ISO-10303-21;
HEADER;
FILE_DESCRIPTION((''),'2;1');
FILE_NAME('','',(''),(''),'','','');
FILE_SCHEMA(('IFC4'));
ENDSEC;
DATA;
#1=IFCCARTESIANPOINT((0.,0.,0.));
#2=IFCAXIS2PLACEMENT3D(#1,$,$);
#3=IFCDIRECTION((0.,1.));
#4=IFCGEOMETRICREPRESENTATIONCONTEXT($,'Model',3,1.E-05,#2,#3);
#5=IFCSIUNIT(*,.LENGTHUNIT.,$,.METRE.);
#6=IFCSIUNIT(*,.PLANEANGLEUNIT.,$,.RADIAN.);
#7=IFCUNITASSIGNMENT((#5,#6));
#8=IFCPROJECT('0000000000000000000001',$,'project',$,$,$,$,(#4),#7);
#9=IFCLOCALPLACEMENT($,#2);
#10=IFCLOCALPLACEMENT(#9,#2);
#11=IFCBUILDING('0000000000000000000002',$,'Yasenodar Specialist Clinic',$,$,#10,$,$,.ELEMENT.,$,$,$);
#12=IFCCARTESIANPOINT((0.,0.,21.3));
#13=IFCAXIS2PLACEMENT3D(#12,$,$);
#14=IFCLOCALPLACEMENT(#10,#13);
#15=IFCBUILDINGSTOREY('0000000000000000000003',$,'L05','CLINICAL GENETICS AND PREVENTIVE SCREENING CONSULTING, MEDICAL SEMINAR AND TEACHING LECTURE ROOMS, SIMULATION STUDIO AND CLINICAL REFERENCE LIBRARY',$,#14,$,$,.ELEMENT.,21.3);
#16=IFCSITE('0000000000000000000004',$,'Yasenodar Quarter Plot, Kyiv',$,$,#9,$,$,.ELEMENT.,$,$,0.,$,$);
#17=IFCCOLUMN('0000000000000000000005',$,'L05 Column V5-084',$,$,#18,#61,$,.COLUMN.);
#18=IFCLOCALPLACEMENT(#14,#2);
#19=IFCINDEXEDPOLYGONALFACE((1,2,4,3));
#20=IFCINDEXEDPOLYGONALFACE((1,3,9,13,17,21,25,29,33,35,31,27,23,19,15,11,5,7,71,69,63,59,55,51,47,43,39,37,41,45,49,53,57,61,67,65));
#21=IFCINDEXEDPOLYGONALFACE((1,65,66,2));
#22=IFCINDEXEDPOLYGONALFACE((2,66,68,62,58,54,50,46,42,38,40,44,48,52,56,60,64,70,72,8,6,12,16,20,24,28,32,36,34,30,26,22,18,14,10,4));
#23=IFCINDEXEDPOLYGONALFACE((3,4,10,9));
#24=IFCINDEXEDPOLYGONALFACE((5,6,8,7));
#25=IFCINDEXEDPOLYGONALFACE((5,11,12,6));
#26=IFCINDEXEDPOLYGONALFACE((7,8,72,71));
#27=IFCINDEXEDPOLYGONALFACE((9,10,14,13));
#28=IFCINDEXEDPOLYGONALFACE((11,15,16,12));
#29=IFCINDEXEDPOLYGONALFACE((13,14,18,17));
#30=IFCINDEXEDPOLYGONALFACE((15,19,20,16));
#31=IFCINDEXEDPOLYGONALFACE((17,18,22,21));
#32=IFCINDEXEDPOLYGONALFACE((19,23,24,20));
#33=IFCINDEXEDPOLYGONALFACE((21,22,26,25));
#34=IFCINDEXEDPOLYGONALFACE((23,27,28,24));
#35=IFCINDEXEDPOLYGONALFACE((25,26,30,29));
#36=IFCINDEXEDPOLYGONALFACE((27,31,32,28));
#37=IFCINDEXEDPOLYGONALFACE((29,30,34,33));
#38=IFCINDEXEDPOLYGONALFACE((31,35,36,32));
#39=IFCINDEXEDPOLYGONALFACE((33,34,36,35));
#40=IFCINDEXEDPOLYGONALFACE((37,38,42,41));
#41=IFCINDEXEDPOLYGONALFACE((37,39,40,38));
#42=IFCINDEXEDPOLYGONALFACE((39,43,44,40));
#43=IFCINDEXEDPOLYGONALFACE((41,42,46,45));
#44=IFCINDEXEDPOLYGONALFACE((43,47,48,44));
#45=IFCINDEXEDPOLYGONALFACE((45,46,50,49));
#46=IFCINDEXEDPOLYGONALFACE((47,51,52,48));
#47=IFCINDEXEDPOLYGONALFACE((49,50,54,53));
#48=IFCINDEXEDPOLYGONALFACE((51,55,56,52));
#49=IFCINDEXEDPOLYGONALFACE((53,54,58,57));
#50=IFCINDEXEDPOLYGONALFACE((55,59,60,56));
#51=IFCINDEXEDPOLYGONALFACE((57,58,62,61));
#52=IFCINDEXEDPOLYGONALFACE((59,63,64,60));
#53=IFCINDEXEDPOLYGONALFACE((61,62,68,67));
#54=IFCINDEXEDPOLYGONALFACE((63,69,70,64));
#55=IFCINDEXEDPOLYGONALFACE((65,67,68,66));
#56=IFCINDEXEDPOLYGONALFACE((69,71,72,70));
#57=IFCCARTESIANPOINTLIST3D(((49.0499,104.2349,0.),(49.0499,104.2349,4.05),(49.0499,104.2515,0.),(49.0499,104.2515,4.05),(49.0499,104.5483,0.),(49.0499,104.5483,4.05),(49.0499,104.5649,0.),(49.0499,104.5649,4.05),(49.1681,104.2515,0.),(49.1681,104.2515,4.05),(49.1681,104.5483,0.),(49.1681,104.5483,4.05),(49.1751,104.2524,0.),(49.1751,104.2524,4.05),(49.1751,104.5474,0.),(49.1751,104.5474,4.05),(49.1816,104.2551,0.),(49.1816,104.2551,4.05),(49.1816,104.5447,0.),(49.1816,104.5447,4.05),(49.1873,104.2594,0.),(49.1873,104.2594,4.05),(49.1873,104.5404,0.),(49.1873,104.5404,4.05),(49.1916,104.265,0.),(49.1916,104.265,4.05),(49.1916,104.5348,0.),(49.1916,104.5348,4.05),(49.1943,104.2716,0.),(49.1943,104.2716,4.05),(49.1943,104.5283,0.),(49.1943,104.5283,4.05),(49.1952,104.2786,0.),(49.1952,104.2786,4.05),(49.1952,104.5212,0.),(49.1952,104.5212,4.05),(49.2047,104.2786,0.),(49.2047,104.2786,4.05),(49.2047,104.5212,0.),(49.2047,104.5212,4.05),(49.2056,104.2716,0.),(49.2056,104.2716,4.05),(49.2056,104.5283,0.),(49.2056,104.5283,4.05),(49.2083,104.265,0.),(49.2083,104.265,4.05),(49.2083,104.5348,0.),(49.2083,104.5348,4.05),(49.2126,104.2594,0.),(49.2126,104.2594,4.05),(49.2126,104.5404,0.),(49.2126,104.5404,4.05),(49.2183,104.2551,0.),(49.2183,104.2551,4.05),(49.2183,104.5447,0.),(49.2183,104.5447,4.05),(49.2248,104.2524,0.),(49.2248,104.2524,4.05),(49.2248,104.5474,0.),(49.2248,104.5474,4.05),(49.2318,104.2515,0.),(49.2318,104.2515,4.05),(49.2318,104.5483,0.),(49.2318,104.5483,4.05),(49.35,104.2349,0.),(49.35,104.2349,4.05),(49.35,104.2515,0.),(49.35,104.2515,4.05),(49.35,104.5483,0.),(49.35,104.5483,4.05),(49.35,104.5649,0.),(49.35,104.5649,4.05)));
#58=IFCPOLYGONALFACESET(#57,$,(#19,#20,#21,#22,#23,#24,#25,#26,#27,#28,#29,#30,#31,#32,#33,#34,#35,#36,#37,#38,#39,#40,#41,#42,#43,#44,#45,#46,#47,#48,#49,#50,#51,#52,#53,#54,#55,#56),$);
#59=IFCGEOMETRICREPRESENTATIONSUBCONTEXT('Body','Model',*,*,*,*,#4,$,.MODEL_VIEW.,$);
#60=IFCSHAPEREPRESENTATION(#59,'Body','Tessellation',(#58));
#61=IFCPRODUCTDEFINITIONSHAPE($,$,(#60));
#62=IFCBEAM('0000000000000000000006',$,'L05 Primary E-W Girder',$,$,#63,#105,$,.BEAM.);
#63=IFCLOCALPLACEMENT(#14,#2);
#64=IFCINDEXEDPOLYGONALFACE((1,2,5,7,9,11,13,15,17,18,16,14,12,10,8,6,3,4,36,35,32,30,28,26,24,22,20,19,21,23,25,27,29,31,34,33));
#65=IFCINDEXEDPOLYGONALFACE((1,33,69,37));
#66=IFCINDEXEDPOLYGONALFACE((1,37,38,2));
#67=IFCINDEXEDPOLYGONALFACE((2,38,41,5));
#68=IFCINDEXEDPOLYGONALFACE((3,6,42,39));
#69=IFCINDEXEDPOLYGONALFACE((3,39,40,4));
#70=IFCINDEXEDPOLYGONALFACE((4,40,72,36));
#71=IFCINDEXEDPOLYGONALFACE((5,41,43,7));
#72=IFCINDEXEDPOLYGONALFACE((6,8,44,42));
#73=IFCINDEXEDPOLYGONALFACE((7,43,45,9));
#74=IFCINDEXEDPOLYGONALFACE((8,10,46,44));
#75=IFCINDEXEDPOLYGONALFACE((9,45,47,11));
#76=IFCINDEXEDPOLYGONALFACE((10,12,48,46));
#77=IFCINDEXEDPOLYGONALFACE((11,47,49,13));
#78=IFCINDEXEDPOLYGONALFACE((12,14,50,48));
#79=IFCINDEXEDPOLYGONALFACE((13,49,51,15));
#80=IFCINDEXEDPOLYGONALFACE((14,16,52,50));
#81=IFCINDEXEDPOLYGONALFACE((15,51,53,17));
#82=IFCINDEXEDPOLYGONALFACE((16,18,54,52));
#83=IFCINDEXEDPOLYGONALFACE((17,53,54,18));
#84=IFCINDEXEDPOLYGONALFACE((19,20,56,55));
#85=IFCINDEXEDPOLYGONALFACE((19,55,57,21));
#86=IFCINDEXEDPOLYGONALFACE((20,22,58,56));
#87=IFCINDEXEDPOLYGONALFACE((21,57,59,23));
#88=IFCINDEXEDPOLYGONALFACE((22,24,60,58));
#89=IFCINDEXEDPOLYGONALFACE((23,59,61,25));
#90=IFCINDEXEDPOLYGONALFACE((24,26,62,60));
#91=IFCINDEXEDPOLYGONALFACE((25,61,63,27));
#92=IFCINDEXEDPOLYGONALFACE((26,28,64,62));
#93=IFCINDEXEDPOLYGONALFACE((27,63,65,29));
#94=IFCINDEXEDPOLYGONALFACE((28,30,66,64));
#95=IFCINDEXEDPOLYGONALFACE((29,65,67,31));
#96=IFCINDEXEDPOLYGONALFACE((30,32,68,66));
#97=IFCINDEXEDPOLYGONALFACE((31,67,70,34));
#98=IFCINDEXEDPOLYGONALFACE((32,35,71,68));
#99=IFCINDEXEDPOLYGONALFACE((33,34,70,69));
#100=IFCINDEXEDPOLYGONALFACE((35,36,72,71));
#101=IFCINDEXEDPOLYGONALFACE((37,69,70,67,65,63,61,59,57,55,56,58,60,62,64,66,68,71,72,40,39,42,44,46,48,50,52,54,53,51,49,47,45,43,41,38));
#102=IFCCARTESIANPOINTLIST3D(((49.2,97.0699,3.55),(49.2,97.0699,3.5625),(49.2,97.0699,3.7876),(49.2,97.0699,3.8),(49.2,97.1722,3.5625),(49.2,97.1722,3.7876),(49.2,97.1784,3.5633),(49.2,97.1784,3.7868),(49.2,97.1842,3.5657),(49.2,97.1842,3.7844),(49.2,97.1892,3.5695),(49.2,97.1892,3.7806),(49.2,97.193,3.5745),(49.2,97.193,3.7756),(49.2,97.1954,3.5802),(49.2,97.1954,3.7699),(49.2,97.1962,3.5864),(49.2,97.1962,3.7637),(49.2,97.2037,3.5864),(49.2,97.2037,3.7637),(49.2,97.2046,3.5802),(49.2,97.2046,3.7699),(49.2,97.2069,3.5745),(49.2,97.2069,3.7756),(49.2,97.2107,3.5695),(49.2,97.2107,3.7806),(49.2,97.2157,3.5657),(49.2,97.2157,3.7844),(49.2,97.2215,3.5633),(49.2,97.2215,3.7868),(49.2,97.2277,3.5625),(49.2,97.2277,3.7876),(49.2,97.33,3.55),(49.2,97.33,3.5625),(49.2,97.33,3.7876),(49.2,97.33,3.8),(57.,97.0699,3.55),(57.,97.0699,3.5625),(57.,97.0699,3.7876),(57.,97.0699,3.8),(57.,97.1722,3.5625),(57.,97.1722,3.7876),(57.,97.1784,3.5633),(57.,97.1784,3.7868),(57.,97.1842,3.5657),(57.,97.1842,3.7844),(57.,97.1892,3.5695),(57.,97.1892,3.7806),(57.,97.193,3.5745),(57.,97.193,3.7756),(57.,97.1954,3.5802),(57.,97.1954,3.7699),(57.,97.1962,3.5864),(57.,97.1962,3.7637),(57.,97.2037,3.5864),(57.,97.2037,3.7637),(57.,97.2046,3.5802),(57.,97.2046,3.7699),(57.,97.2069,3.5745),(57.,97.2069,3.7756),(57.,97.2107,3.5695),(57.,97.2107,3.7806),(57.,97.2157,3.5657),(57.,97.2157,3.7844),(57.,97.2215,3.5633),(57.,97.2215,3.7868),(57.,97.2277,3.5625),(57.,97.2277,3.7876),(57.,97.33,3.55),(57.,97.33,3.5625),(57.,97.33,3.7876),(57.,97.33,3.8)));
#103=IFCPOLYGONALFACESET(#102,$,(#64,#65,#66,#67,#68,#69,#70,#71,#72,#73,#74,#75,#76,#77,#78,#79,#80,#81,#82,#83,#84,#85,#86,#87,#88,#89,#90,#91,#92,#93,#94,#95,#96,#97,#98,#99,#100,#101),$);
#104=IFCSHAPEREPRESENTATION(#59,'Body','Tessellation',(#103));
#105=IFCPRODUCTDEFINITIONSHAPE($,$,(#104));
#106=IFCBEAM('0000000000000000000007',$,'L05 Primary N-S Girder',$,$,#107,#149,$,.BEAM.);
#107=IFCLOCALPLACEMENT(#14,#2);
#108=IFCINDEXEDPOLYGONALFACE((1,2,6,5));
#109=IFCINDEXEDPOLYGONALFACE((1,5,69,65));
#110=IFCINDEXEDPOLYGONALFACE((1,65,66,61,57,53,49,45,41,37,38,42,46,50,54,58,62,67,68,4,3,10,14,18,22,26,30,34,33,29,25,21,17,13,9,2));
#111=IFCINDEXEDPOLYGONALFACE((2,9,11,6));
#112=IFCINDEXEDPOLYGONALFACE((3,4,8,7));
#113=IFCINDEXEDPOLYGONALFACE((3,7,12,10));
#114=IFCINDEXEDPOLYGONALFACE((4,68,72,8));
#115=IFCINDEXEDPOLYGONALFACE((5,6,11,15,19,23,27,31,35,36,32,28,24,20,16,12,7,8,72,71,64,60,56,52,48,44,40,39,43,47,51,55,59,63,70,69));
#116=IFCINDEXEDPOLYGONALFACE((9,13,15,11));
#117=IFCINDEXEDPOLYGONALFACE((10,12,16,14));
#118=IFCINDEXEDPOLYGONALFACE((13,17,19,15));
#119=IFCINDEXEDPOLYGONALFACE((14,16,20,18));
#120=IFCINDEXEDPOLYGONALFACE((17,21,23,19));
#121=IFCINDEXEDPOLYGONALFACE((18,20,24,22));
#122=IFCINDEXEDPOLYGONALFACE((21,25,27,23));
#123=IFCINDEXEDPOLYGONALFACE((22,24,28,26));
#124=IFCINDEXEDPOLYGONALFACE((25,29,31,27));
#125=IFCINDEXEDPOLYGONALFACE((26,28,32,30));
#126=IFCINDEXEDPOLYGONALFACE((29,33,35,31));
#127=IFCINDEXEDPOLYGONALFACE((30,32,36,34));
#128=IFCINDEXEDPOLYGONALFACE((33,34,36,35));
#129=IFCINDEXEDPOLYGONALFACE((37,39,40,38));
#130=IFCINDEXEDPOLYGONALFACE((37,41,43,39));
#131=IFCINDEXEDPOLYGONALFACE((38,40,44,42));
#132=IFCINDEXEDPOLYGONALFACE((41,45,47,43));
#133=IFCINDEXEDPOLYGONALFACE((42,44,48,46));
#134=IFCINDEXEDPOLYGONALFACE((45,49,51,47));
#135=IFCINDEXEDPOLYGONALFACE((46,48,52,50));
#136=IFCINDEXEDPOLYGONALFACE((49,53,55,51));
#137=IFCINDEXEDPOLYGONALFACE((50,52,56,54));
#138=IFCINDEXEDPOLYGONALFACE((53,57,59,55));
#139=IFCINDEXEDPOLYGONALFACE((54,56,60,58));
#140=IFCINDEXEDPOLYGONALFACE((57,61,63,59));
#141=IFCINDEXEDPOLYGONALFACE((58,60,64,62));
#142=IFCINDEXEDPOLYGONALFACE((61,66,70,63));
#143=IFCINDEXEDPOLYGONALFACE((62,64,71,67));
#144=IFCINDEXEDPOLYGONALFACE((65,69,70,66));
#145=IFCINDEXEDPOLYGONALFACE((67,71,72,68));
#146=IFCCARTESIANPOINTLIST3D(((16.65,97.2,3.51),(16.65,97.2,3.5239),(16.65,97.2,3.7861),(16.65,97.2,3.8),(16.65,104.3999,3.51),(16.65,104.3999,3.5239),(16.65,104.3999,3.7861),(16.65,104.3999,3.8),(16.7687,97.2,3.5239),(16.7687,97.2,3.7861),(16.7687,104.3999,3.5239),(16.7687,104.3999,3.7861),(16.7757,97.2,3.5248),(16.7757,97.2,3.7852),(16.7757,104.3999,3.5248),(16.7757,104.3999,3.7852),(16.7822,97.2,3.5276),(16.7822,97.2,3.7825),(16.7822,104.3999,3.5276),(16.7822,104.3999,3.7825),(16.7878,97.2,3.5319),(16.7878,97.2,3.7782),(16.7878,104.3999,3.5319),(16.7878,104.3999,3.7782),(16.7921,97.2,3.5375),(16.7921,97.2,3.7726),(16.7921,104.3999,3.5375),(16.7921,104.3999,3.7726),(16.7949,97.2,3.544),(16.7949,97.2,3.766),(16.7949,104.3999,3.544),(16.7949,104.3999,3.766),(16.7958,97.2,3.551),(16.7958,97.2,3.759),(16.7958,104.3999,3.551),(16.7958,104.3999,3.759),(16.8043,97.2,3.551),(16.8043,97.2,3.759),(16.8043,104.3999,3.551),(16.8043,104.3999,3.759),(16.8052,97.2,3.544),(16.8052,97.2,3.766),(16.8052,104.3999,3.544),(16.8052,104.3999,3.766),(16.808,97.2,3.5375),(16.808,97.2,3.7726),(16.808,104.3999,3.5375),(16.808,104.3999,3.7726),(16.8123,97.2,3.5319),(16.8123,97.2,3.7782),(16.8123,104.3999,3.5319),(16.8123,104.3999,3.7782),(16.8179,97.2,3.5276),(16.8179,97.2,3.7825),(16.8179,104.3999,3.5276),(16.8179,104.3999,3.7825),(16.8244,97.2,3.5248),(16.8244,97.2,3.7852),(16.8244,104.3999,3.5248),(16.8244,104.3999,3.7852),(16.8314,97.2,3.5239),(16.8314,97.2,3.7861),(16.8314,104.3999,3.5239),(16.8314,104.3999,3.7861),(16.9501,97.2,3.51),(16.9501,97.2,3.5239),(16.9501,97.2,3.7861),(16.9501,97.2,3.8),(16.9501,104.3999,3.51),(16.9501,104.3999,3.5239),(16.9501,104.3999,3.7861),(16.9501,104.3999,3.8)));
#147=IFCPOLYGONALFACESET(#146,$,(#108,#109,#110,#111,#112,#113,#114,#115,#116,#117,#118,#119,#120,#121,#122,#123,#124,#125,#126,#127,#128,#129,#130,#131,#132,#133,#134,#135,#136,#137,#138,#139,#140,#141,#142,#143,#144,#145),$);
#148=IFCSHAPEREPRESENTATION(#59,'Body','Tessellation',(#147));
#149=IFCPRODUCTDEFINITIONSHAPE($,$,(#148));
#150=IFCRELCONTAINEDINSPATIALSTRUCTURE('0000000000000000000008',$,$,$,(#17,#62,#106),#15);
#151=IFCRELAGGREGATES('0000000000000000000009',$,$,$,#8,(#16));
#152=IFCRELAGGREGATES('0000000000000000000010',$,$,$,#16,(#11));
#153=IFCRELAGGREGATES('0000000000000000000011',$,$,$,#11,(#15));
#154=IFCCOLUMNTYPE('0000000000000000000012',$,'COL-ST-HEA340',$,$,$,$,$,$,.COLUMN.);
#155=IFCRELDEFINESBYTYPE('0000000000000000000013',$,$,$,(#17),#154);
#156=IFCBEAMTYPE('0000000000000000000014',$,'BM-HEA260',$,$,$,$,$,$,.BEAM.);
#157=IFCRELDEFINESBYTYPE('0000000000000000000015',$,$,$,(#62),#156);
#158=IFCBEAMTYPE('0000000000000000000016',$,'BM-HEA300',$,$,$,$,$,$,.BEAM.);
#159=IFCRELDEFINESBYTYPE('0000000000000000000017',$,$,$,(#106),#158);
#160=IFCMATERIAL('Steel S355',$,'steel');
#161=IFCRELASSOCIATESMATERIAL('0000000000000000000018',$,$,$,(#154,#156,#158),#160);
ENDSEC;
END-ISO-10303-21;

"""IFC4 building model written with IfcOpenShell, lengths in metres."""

from ifc_helpers import new_model, si_unit, direction, frame, origin, origin_2d, place, context, subcontext, project, spatial, i_section, extrude, material, material_profile, profile_set, type_object, element, save


model = new_model("IFC4")

# Units and contexts
model_context = context("Model", 3, precision=1e-05, world=origin(), true_north=direction((0.0, 1.0)))
body_context = subcontext(model_context, "Body", "Model", "MODEL_VIEW")
ifc_project = project(units=[si_unit("LENGTHUNIT", "METRE"), si_unit("PLANEANGLEUNIT", "RADIAN")], contexts=[model_context])

# Site, building, storey
site_placement = place(None, origin())
site = spatial("IfcSite", under=ifc_project, at=site_placement, Name="Yasenodar Quarter Plot, Kyiv", CompositionType="ELEMENT", RefElevation=0.0)
building_placement = place(site_placement, origin())
building = spatial("IfcBuilding", under=site, at=building_placement, Name="Yasenodar Specialist Clinic", CompositionType="ELEMENT")
storey_placement = place(building_placement, frame((0.0, 0.0, 21.3)))
storey = spatial("IfcBuildingStorey", under=building, at=storey_placement, Name="L05", Description="CLINICAL GENETICS AND PREVENTIVE SCREENING CONSULTING, MEDICAL SEMINAR AND TEACHING LECTURE ROOMS, SIMULATION STUDIO AND CLINICAL REFERENCE LIBRARY", CompositionType="ELEMENT", Elevation=21.3)

# Column
ifc_material_1 = material(Name="Steel S355", Category="steel")
ifc_material_profile_1 = material_profile(ifc_material_1, i_section(OverallWidth=0.3, OverallDepth=0.3301, WebThickness=0.0095, FlangeThickness=0.0166, FilletRadius=0.0271, at=origin_2d()), Name="HEA 340")
ifc_profile_set_1 = profile_set([ifc_material_profile_1], Name="Steel S355")
column_type_1 = type_object("IfcColumnType", Name="COL-ST-HEA340", PredefinedType="COLUMN", material=ifc_profile_set_1)
for number, where, z_axis, x_axis, name in (
    (1, (49.2, 104.3999, 0.0), (0.0, 0.0, 1.0), (1.0, 0.0, 0.0), "L05 Column V5-084"),
):
    element("IfcColumn", number, at=place(storey_placement, frame(where, z_axis=z_axis, x_axis=x_axis)), inside=storey, type_object=column_type_1, Name=name, PredefinedType="COLUMN", context=body_context, shape_type="SweptSolid", body=[
        extrude(i_section(OverallWidth=0.3, OverallDepth=0.3301, WebThickness=0.0095, FlangeThickness=0.0166, FilletRadius=0.0271, at=origin_2d()), origin(), (0.0, 0.0, 1.0), 4.05),
    ])

# Beams
ifc_material_profile_2 = material_profile(ifc_material_1, i_section(OverallWidth=0.26, OverallDepth=0.25, WebThickness=0.0076, FlangeThickness=0.0125, FilletRadius=0.0239, at=origin_2d()), Name="HEA 260")
ifc_profile_set_2 = profile_set([ifc_material_profile_2], Name="Steel S355")
beam_type_1 = type_object("IfcBeamType", Name="BM-HEA260", PredefinedType="BEAM", material=ifc_profile_set_2)
beam_1_placement = place(storey_placement, frame((49.2, 97.2, 3.675), z_axis=(1.0, 0.0, 0.0), x_axis=(0.0, 1.0, 0.0)))
element("IfcBeam", 2, at=beam_1_placement, inside=storey, type_object=beam_type_1, Name="L05 Primary E-W Girder", PredefinedType="BEAM", context=body_context, shape_type="SweptSolid", body=[
    extrude(i_section(OverallWidth=0.26, OverallDepth=0.25, WebThickness=0.0076, FlangeThickness=0.0125, FilletRadius=0.0239, at=origin_2d()), origin(), (0.0, 0.0, 1.0), 7.8),
])
ifc_material_profile_3 = material_profile(ifc_material_1, i_section(OverallWidth=0.3, OverallDepth=0.29, WebThickness=0.0085, FlangeThickness=0.0139, FilletRadius=0.0271, at=origin_2d()), Name="HEA 300")
ifc_profile_set_3 = profile_set([ifc_material_profile_3], Name="Steel S355")
beam_type_2 = type_object("IfcBeamType", Name="BM-HEA300", PredefinedType="BEAM", material=ifc_profile_set_3)
beam_2_placement = place(storey_placement, frame((16.8, 97.2, 3.655), z_axis=(0.0, 1.0, 0.0), x_axis=(-1.0, 0.0, 0.0)))
element("IfcBeam", 3, at=beam_2_placement, inside=storey, type_object=beam_type_2, Name="L05 Primary N-S Girder", PredefinedType="BEAM", context=body_context, shape_type="SweptSolid", body=[
    extrude(i_section(OverallWidth=0.3, OverallDepth=0.29, WebThickness=0.0085, FlangeThickness=0.0139, FilletRadius=0.0271, at=origin_2d()), origin(), (0.0, 0.0, 1.0), 7.2),
])

save(model, "model.ifc")
